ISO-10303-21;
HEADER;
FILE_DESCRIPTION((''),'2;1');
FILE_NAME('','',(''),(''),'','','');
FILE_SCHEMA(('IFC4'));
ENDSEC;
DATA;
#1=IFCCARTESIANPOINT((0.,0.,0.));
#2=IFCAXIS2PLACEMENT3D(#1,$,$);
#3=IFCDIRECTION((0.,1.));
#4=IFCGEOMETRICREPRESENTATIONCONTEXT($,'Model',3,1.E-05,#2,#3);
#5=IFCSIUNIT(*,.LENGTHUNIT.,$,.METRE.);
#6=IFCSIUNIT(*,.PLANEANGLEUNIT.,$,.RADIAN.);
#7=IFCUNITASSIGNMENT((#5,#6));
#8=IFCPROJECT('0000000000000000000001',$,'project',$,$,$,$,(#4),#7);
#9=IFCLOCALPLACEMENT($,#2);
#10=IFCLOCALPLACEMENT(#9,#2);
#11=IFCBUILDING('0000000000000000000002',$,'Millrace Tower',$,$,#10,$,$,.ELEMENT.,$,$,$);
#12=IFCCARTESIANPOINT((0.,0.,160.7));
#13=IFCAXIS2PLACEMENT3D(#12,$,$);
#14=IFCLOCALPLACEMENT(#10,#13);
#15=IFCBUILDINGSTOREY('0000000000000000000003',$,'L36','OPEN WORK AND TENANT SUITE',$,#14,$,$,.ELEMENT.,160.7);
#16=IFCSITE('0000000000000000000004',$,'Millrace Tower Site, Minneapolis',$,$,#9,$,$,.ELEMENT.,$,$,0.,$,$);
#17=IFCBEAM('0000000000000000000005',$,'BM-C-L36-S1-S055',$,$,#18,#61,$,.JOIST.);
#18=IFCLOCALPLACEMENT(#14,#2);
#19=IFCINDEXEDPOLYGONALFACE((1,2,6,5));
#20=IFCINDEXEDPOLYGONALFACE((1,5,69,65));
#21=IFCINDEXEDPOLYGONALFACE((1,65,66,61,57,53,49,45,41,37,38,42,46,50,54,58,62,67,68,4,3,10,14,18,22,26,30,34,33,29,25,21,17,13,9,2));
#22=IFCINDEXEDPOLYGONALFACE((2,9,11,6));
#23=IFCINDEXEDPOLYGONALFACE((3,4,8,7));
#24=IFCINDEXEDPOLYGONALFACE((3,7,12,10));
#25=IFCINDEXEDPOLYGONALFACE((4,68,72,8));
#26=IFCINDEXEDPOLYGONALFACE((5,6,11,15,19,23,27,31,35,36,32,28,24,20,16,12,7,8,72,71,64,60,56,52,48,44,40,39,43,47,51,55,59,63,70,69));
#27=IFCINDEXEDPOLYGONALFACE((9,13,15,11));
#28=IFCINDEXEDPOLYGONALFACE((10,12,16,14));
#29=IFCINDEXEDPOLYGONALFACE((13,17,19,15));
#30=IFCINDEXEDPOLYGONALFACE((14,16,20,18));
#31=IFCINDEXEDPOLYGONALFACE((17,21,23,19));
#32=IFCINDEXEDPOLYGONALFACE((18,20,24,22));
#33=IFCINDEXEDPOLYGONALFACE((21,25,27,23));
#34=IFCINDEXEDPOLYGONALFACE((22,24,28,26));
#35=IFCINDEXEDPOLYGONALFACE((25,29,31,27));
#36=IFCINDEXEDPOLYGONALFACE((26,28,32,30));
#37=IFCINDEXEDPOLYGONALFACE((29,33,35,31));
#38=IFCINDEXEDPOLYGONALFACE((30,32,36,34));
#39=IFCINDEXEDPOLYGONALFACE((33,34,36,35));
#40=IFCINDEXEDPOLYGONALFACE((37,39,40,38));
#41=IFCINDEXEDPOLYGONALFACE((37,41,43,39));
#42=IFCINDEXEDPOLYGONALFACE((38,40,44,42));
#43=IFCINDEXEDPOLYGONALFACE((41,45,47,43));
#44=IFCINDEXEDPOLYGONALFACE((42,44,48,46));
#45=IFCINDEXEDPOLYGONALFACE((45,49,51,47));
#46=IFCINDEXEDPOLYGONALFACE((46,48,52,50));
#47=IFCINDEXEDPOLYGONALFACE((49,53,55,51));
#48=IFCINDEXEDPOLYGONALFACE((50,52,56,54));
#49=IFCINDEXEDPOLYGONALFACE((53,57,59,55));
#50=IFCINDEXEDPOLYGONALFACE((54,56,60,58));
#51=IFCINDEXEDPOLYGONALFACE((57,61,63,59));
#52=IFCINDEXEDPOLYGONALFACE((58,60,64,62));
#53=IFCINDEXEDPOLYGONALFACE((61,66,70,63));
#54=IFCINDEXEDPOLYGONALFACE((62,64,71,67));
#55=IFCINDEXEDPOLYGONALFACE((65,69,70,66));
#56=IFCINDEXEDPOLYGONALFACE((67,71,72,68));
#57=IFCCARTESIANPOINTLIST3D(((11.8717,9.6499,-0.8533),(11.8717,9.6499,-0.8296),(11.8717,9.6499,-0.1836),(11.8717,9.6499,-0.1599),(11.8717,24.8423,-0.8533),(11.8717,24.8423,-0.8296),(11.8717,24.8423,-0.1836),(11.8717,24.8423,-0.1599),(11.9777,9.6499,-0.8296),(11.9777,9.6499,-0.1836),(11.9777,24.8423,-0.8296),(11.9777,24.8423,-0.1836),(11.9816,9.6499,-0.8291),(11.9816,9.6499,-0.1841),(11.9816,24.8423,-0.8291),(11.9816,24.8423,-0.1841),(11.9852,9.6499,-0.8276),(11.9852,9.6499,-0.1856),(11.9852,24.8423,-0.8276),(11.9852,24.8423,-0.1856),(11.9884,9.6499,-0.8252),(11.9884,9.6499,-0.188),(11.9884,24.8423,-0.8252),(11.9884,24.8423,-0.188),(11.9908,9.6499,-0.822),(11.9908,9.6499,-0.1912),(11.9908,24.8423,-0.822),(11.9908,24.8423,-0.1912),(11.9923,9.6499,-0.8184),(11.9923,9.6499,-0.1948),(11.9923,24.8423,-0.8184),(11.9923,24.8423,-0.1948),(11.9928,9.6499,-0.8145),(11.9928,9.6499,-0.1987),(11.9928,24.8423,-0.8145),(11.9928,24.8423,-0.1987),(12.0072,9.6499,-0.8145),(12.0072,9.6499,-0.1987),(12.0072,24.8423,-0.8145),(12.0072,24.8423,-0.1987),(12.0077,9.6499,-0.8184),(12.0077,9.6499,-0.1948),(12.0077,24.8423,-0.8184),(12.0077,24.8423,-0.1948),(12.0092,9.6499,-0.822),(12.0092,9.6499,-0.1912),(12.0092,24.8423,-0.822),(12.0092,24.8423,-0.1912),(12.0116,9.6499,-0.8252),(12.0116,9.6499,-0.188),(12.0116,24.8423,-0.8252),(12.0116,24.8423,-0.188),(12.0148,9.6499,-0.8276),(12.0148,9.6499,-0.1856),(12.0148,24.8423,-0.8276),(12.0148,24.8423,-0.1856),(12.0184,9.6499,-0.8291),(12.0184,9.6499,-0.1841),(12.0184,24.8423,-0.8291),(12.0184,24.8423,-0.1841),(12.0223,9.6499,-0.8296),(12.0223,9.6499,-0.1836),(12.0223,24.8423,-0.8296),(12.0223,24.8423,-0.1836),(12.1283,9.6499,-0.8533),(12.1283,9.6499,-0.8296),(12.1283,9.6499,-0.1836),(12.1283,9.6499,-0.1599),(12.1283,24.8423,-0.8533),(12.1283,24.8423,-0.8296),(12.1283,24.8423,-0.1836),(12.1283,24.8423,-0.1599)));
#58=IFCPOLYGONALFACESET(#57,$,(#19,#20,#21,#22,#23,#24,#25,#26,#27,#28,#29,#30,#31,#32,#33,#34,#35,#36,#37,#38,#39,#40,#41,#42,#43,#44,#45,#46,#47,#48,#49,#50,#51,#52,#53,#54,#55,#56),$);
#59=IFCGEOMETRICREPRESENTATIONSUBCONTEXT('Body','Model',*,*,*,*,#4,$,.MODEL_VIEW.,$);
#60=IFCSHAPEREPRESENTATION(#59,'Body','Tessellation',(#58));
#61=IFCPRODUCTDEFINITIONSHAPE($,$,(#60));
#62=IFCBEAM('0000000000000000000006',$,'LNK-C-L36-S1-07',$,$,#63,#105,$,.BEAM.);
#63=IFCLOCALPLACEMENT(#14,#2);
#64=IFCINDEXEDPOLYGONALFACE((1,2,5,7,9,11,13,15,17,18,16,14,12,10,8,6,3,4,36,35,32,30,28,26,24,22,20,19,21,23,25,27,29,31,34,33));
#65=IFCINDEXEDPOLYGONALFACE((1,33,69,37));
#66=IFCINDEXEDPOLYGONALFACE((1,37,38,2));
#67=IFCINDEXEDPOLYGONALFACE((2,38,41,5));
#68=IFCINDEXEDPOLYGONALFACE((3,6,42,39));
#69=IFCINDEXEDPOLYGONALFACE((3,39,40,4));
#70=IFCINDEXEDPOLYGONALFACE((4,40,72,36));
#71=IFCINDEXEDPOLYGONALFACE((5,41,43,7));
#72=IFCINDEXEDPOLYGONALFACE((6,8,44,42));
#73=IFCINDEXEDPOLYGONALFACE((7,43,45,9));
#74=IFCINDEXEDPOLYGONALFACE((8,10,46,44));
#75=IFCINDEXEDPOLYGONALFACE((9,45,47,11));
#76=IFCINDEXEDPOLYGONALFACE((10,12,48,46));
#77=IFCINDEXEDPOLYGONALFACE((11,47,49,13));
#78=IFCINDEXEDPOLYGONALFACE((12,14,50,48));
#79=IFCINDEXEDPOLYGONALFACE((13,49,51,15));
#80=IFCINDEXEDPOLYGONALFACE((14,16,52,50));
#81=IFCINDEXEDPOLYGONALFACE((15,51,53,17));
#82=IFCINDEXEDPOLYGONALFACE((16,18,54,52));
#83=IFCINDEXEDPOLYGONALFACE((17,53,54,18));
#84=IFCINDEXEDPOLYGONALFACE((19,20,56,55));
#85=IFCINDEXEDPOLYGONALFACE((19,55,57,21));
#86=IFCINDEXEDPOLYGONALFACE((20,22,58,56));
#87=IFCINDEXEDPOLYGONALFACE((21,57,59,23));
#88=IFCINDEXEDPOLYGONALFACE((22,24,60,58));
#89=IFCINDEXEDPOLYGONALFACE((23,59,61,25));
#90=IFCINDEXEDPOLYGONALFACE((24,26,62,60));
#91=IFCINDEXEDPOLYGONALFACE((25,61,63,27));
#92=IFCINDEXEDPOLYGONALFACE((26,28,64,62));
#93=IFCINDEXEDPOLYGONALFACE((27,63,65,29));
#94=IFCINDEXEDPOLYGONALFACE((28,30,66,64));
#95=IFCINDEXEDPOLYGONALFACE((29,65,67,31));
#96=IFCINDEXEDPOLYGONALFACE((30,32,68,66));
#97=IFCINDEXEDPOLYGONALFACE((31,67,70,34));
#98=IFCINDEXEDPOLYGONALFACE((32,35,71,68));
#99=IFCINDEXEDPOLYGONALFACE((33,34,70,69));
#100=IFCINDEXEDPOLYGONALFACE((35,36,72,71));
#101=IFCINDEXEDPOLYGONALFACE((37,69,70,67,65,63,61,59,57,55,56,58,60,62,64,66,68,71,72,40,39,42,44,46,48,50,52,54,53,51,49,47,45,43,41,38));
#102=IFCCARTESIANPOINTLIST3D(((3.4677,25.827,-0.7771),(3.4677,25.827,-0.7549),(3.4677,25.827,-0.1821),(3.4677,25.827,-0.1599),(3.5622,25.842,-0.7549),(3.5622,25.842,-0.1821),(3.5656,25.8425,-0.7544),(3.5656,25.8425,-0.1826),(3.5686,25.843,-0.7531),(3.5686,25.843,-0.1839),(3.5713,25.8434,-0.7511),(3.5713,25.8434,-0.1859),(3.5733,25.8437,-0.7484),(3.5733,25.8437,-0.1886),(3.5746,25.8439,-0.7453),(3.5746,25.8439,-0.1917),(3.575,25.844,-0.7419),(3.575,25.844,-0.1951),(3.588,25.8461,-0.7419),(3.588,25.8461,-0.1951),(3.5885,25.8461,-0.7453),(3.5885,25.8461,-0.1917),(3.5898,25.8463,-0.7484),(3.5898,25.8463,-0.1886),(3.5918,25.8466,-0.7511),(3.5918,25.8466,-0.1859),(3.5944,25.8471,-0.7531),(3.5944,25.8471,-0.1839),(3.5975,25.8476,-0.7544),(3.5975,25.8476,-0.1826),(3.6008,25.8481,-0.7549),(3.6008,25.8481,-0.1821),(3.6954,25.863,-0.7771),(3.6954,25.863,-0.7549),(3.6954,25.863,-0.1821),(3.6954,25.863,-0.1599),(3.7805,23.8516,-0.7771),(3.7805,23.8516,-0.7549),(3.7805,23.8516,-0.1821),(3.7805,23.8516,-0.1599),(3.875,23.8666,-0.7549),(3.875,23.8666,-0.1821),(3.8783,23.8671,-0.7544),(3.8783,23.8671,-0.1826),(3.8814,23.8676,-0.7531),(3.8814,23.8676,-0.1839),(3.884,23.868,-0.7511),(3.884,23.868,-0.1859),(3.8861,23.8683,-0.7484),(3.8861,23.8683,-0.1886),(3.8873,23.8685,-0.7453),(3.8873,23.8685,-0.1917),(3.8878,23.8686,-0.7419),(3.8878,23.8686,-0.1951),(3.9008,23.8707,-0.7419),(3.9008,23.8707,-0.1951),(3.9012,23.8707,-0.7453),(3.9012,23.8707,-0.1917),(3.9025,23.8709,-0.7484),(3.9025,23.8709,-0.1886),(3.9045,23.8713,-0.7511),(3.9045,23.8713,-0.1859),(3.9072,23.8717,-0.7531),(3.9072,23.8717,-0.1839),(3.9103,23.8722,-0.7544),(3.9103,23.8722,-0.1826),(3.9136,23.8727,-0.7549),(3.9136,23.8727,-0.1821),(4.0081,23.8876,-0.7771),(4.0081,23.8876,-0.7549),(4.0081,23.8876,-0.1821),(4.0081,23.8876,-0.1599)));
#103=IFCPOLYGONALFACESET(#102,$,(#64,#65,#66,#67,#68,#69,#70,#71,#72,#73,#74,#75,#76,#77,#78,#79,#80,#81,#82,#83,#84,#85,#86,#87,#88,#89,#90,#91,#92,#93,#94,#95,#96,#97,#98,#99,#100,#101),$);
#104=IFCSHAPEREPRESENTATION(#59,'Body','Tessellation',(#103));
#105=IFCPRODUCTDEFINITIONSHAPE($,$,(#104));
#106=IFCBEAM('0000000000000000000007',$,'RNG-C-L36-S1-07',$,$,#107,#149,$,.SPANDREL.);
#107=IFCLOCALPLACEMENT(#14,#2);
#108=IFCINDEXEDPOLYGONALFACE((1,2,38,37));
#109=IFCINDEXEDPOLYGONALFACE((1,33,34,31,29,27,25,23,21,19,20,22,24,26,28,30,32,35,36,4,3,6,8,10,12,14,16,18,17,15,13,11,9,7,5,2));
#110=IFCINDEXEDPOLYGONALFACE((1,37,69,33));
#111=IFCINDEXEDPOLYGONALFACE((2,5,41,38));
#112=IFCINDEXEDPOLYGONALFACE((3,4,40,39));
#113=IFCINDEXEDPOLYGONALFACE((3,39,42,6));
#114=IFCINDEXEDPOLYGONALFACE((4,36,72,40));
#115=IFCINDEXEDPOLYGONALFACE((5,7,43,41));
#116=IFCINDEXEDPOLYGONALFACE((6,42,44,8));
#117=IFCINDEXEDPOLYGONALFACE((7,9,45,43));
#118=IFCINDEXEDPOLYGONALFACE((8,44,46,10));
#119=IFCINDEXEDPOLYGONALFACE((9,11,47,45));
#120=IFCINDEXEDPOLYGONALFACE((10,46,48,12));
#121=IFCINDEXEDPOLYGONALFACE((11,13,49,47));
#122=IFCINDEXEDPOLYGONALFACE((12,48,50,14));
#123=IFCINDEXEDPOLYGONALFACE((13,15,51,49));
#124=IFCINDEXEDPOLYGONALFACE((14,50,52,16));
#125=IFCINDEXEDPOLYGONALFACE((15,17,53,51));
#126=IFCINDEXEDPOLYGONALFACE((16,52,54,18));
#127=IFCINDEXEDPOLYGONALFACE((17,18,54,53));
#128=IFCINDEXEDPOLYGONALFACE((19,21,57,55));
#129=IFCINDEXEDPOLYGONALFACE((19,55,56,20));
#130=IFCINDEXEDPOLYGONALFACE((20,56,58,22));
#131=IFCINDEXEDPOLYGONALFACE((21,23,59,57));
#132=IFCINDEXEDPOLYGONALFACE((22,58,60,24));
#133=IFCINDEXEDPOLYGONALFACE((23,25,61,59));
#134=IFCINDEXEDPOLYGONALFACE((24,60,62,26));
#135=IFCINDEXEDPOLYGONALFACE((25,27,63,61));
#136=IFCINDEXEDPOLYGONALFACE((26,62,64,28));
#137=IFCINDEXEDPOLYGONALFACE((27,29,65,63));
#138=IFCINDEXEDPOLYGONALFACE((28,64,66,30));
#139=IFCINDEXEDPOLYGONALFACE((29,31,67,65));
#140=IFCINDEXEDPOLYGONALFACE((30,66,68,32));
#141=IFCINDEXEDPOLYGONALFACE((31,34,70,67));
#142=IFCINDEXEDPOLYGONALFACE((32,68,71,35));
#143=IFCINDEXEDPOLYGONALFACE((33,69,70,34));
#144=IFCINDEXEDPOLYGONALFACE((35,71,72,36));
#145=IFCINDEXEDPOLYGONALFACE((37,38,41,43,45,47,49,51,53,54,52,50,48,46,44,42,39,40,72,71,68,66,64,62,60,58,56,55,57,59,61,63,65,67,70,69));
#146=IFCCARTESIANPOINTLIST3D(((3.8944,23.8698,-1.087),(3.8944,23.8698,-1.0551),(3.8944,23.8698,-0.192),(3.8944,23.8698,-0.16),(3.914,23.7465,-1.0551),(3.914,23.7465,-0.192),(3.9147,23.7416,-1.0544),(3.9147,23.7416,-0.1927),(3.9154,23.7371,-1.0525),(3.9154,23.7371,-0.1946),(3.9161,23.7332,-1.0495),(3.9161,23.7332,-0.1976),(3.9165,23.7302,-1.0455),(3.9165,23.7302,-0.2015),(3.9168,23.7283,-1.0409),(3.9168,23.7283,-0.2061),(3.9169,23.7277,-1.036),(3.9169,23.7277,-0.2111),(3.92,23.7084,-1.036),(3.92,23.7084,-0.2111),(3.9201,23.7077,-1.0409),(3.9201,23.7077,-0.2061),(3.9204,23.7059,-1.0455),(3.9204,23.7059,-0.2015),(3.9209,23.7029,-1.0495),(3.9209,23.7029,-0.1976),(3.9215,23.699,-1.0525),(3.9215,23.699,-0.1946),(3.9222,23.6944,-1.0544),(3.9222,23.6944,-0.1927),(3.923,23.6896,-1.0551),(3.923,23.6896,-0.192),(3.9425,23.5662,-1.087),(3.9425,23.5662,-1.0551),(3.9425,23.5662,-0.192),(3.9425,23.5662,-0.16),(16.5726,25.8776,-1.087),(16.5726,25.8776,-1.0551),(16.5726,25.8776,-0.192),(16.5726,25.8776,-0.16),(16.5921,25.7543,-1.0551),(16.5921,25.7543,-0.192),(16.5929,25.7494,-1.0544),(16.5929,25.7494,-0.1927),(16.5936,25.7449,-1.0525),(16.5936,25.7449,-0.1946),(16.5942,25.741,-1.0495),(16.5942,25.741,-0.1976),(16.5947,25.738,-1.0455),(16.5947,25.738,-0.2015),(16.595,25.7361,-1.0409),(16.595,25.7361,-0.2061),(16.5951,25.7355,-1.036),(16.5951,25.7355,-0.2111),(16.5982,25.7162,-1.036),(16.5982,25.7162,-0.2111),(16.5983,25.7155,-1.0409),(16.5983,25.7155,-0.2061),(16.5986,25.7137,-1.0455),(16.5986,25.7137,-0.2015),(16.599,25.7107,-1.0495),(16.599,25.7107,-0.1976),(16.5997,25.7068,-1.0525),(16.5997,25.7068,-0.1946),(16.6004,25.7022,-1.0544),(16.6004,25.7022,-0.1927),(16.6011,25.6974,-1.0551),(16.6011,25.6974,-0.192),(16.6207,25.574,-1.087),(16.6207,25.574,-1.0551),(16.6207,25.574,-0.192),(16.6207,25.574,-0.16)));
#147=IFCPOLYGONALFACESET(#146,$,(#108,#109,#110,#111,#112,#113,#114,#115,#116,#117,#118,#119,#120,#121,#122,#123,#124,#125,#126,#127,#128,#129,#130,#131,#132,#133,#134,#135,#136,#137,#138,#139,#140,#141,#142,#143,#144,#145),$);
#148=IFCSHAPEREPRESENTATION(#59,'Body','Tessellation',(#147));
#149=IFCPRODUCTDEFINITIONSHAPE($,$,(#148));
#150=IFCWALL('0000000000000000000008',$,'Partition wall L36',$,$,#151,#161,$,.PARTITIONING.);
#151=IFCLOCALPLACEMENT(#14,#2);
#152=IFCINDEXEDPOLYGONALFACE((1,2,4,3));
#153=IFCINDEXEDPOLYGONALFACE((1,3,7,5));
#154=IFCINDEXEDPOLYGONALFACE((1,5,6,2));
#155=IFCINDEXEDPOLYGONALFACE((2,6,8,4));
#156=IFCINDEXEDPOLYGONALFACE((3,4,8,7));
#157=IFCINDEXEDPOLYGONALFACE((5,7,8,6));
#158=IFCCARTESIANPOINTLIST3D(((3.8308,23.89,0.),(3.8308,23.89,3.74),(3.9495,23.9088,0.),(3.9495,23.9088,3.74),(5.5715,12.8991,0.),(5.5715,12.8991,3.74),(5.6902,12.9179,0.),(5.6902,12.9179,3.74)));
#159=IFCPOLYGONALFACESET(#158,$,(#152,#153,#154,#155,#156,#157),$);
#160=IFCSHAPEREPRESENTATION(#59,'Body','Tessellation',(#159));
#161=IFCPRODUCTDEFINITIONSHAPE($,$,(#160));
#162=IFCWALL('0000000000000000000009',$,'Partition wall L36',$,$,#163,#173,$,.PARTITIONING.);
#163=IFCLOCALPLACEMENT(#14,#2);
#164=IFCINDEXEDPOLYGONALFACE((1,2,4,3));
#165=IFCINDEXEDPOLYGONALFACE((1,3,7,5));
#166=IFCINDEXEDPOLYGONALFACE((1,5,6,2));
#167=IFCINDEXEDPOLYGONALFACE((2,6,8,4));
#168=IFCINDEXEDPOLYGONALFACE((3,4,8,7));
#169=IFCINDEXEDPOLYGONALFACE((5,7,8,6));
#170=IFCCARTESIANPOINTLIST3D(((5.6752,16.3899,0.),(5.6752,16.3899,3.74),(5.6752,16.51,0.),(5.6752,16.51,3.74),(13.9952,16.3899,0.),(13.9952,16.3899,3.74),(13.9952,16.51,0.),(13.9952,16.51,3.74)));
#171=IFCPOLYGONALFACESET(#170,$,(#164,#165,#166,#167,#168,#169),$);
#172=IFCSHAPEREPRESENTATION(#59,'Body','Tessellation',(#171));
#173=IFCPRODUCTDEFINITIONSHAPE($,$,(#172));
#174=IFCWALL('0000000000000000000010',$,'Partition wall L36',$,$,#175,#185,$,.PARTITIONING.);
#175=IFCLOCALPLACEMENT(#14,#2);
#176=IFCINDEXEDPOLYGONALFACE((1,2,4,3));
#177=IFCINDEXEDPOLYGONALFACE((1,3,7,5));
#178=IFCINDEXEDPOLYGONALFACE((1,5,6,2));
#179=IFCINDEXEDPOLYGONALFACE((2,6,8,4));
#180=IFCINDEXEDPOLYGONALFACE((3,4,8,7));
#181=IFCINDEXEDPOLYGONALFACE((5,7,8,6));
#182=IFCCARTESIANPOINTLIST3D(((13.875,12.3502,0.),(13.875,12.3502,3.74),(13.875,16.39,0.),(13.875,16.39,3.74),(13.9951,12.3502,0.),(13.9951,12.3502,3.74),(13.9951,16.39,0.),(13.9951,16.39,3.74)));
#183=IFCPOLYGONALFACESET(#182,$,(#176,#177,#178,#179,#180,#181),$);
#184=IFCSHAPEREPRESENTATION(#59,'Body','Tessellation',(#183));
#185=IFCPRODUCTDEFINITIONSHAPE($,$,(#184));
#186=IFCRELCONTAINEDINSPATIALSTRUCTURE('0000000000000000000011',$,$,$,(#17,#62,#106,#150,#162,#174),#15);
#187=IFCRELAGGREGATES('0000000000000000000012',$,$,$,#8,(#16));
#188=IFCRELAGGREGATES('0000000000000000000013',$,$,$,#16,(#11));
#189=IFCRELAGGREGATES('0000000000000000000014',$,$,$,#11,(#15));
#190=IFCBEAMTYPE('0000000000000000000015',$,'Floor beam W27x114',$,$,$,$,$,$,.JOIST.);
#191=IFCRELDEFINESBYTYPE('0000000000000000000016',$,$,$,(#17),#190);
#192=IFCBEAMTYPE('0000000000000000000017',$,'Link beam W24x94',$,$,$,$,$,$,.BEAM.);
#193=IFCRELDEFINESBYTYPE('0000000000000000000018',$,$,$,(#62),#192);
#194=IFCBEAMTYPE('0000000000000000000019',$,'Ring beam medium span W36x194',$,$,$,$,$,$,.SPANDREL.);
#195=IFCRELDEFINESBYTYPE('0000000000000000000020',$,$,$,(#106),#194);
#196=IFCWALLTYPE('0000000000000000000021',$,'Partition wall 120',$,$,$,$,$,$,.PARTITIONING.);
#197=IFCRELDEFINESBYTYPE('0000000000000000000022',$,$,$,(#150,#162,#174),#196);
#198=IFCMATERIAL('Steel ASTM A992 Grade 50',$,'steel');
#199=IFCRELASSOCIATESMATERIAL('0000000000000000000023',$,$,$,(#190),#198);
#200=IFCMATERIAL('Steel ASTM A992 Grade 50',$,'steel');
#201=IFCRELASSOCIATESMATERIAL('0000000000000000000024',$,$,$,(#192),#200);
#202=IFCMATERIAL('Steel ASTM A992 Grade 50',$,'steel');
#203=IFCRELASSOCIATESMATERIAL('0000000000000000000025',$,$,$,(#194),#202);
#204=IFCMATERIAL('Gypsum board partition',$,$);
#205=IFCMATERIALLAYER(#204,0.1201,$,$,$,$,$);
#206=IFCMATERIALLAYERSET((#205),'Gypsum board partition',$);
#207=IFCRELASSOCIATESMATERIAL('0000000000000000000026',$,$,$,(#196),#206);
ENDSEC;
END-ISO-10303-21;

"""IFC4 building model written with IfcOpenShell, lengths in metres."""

from ifc_helpers import new_model, si_unit, direction, frame, frame_2d, origin, origin_2d, place, context, subcontext, project, spatial, rectangle, i_section, extrude, material, layer, layer_set, material_profile, profile_set, type_object, element, save


model = new_model("IFC4")

# Units and contexts
model_context = context("Model", 3, precision=1e-05, world=origin(), true_north=direction((0.0, 1.0)))
body_context = subcontext(model_context, "Body", "Model", "MODEL_VIEW")
ifc_project = project(units=[si_unit("LENGTHUNIT", "METRE"), si_unit("PLANEANGLEUNIT", "RADIAN")], contexts=[model_context])

# Site, building, storey
site_placement = place(None, origin())
site = spatial("IfcSite", under=ifc_project, at=site_placement, Name="Millrace Tower Site, Minneapolis", CompositionType="ELEMENT", RefElevation=0.0)
building_placement = place(site_placement, origin())
building = spatial("IfcBuilding", under=site, at=building_placement, Name="Millrace Tower", CompositionType="ELEMENT")
storey_placement = place(building_placement, frame((0.0, 0.0, 160.7)))
storey = spatial("IfcBuildingStorey", under=building, at=storey_placement, Name="L36", Description="OPEN WORK AND TENANT SUITE", CompositionType="ELEMENT", Elevation=160.7)

# Beams
ifc_material_1 = material(Name="Steel ASTM A992 Grade 50", Category="steel")
ifc_material_profile_1 = material_profile(ifc_material_1, i_section(OverallWidth=0.2566, OverallDepth=0.6934, WebThickness=0.0144, FlangeThickness=0.0237, FilletRadius=0.0151, at=origin_2d()))
ifc_profile_set_1 = profile_set([ifc_material_profile_1], Name="Steel ASTM A992 Grade 50")
beam_type_1 = type_object("IfcBeamType", Name="Floor beam W27x114", PredefinedType="JOIST", material=ifc_profile_set_1)
beam_1_placement = place(storey_placement, frame((12.0, 9.6499, -0.5066), z_axis=(0.0, 1.0, 0.0), x_axis=(-1.0, 0.0, 0.0)))
element("IfcBeam", 1, at=beam_1_placement, inside=storey, type_object=beam_type_1, Name="BM-C-L36-S1-S055", PredefinedType="JOIST", context=body_context, shape_type="SweptSolid", body=[
    extrude(i_section(OverallWidth=0.2566, OverallDepth=0.6934, WebThickness=0.0144, FlangeThickness=0.0237, FilletRadius=0.0151, at=origin_2d()), origin(), (0.0, 0.0, 1.0), 15.1924),
])
ifc_material_2 = material(Name="Steel ASTM A992 Grade 50", Category="steel")
ifc_material_profile_2 = material_profile(ifc_material_2, i_section(OverallWidth=0.2305, OverallDepth=0.6172, WebThickness=0.0132, FlangeThickness=0.0222, FilletRadius=0.0129, at=origin_2d()))
ifc_profile_set_2 = profile_set([ifc_material_profile_2], Name="Steel ASTM A992 Grade 50")
beam_type_2 = type_object("IfcBeamType", Name="Link beam W24x94", PredefinedType="BEAM", material=ifc_profile_set_2)
beam_2_placement = place(storey_placement, frame((3.8943, 23.8696, -0.4685), z_axis=(-0.156376, 0.987698, 0.0), x_axis=(-0.987698, -0.156376, 0.0)))
element("IfcBeam", 2, at=beam_2_placement, inside=storey, type_object=beam_type_2, Name="LNK-C-L36-S1-07", PredefinedType="BEAM", context=body_context, shape_type="SweptSolid", body=[
    extrude(i_section(OverallWidth=0.2305, OverallDepth=0.6172, WebThickness=0.0132, FlangeThickness=0.0222, FilletRadius=0.0129, at=origin_2d()), origin(), (0.0, 0.0, 1.0), 2.0),
])
ifc_material_3 = material(Name="Steel ASTM A992 Grade 50", Category="steel")
ifc_material_profile_3 = material_profile(ifc_material_3, i_section(OverallWidth=0.3074, OverallDepth=0.927, WebThickness=0.0195, FlangeThickness=0.032, FilletRadius=0.019, at=origin_2d()))
ifc_profile_set_3 = profile_set([ifc_material_profile_3], Name="Steel ASTM A992 Grade 50")
beam_type_3 = type_object("IfcBeamType", Name="Ring beam medium span W36x194", PredefinedType="SPANDREL", material=ifc_profile_set_3)
beam_3_placement = place(storey_placement, frame((3.9185, 23.718, -0.6235), z_axis=(0.987691, 0.156418, 0.0), x_axis=(-0.156418, 0.987691, 0.0)))
element("IfcBeam", 3, at=beam_3_placement, inside=storey, type_object=beam_type_3, Name="RNG-C-L36-S1-07", PredefinedType="SPANDREL", context=body_context, shape_type="SweptSolid", body=[
    extrude(i_section(OverallWidth=0.3074, OverallDepth=0.927, WebThickness=0.0195, FlangeThickness=0.032, FilletRadius=0.019, at=origin_2d()), origin(), (0.0, 0.0, 1.0), 12.8362),
])

# Walls
ifc_material_4 = material(Name="Gypsum board partition")
ifc_layer_1 = layer(ifc_material_4, 0.1201)
ifc_layer_set_1 = layer_set([ifc_layer_1], Name="Gypsum board partition")
wall_type = type_object("IfcWallType", Name="Partition wall 120", PredefinedType="PARTITIONING", material=ifc_layer_set_1)
wall_1_placement = place(storey_placement, frame((3.8901, 23.8994, 0.0), z_axis=(0.0, 0.0, 1.0), x_axis=(0.156428, -0.987689, 0.0)))
element("IfcWall", 4, at=wall_1_placement, inside=storey, type_object=wall_type, Name="Partition wall L36", PredefinedType="PARTITIONING", context=body_context, shape_type="SweptSolid", body=[
    extrude(rectangle(XDim=11.1279, YDim=0.1201, at=frame_2d((5.564, 0.0))), origin(), (0.0, 0.0, 1.0), 3.74),
])
wall_2_placement = place(storey_placement, frame((5.675, 16.45, 0.0), z_axis=(0.0, 0.0, 1.0), x_axis=(1.0, 0.0, 0.0)))
element("IfcWall", 5, at=wall_2_placement, inside=storey, type_object=wall_type, Name="Partition wall L36", PredefinedType="PARTITIONING", context=body_context, shape_type="SweptSolid", body=[
    extrude(rectangle(XDim=8.3201, YDim=0.1201, at=frame_2d((4.1602, 0.0))), origin(), (0.0, 0.0, 1.0), 3.74),
])
for number, where, z_axis, x_axis, name in (
    (6, (13.9351, 12.3501, 0.0), (0.0, 0.0, 1.0), (0.0, 1.0, 0.0), "Partition wall L36"),
):
    element("IfcWall", number, at=place(storey_placement, frame(where, z_axis=z_axis, x_axis=x_axis)), inside=storey, type_object=wall_type, Name=name, PredefinedType="PARTITIONING", context=body_context, shape_type="SweptSolid", body=[
        extrude(rectangle(XDim=4.0398, YDim=0.1201, at=frame_2d((2.02, 0.0))), origin(), (0.0, 0.0, 1.0), 3.74),
    ])

save(model, "model.ifc")
